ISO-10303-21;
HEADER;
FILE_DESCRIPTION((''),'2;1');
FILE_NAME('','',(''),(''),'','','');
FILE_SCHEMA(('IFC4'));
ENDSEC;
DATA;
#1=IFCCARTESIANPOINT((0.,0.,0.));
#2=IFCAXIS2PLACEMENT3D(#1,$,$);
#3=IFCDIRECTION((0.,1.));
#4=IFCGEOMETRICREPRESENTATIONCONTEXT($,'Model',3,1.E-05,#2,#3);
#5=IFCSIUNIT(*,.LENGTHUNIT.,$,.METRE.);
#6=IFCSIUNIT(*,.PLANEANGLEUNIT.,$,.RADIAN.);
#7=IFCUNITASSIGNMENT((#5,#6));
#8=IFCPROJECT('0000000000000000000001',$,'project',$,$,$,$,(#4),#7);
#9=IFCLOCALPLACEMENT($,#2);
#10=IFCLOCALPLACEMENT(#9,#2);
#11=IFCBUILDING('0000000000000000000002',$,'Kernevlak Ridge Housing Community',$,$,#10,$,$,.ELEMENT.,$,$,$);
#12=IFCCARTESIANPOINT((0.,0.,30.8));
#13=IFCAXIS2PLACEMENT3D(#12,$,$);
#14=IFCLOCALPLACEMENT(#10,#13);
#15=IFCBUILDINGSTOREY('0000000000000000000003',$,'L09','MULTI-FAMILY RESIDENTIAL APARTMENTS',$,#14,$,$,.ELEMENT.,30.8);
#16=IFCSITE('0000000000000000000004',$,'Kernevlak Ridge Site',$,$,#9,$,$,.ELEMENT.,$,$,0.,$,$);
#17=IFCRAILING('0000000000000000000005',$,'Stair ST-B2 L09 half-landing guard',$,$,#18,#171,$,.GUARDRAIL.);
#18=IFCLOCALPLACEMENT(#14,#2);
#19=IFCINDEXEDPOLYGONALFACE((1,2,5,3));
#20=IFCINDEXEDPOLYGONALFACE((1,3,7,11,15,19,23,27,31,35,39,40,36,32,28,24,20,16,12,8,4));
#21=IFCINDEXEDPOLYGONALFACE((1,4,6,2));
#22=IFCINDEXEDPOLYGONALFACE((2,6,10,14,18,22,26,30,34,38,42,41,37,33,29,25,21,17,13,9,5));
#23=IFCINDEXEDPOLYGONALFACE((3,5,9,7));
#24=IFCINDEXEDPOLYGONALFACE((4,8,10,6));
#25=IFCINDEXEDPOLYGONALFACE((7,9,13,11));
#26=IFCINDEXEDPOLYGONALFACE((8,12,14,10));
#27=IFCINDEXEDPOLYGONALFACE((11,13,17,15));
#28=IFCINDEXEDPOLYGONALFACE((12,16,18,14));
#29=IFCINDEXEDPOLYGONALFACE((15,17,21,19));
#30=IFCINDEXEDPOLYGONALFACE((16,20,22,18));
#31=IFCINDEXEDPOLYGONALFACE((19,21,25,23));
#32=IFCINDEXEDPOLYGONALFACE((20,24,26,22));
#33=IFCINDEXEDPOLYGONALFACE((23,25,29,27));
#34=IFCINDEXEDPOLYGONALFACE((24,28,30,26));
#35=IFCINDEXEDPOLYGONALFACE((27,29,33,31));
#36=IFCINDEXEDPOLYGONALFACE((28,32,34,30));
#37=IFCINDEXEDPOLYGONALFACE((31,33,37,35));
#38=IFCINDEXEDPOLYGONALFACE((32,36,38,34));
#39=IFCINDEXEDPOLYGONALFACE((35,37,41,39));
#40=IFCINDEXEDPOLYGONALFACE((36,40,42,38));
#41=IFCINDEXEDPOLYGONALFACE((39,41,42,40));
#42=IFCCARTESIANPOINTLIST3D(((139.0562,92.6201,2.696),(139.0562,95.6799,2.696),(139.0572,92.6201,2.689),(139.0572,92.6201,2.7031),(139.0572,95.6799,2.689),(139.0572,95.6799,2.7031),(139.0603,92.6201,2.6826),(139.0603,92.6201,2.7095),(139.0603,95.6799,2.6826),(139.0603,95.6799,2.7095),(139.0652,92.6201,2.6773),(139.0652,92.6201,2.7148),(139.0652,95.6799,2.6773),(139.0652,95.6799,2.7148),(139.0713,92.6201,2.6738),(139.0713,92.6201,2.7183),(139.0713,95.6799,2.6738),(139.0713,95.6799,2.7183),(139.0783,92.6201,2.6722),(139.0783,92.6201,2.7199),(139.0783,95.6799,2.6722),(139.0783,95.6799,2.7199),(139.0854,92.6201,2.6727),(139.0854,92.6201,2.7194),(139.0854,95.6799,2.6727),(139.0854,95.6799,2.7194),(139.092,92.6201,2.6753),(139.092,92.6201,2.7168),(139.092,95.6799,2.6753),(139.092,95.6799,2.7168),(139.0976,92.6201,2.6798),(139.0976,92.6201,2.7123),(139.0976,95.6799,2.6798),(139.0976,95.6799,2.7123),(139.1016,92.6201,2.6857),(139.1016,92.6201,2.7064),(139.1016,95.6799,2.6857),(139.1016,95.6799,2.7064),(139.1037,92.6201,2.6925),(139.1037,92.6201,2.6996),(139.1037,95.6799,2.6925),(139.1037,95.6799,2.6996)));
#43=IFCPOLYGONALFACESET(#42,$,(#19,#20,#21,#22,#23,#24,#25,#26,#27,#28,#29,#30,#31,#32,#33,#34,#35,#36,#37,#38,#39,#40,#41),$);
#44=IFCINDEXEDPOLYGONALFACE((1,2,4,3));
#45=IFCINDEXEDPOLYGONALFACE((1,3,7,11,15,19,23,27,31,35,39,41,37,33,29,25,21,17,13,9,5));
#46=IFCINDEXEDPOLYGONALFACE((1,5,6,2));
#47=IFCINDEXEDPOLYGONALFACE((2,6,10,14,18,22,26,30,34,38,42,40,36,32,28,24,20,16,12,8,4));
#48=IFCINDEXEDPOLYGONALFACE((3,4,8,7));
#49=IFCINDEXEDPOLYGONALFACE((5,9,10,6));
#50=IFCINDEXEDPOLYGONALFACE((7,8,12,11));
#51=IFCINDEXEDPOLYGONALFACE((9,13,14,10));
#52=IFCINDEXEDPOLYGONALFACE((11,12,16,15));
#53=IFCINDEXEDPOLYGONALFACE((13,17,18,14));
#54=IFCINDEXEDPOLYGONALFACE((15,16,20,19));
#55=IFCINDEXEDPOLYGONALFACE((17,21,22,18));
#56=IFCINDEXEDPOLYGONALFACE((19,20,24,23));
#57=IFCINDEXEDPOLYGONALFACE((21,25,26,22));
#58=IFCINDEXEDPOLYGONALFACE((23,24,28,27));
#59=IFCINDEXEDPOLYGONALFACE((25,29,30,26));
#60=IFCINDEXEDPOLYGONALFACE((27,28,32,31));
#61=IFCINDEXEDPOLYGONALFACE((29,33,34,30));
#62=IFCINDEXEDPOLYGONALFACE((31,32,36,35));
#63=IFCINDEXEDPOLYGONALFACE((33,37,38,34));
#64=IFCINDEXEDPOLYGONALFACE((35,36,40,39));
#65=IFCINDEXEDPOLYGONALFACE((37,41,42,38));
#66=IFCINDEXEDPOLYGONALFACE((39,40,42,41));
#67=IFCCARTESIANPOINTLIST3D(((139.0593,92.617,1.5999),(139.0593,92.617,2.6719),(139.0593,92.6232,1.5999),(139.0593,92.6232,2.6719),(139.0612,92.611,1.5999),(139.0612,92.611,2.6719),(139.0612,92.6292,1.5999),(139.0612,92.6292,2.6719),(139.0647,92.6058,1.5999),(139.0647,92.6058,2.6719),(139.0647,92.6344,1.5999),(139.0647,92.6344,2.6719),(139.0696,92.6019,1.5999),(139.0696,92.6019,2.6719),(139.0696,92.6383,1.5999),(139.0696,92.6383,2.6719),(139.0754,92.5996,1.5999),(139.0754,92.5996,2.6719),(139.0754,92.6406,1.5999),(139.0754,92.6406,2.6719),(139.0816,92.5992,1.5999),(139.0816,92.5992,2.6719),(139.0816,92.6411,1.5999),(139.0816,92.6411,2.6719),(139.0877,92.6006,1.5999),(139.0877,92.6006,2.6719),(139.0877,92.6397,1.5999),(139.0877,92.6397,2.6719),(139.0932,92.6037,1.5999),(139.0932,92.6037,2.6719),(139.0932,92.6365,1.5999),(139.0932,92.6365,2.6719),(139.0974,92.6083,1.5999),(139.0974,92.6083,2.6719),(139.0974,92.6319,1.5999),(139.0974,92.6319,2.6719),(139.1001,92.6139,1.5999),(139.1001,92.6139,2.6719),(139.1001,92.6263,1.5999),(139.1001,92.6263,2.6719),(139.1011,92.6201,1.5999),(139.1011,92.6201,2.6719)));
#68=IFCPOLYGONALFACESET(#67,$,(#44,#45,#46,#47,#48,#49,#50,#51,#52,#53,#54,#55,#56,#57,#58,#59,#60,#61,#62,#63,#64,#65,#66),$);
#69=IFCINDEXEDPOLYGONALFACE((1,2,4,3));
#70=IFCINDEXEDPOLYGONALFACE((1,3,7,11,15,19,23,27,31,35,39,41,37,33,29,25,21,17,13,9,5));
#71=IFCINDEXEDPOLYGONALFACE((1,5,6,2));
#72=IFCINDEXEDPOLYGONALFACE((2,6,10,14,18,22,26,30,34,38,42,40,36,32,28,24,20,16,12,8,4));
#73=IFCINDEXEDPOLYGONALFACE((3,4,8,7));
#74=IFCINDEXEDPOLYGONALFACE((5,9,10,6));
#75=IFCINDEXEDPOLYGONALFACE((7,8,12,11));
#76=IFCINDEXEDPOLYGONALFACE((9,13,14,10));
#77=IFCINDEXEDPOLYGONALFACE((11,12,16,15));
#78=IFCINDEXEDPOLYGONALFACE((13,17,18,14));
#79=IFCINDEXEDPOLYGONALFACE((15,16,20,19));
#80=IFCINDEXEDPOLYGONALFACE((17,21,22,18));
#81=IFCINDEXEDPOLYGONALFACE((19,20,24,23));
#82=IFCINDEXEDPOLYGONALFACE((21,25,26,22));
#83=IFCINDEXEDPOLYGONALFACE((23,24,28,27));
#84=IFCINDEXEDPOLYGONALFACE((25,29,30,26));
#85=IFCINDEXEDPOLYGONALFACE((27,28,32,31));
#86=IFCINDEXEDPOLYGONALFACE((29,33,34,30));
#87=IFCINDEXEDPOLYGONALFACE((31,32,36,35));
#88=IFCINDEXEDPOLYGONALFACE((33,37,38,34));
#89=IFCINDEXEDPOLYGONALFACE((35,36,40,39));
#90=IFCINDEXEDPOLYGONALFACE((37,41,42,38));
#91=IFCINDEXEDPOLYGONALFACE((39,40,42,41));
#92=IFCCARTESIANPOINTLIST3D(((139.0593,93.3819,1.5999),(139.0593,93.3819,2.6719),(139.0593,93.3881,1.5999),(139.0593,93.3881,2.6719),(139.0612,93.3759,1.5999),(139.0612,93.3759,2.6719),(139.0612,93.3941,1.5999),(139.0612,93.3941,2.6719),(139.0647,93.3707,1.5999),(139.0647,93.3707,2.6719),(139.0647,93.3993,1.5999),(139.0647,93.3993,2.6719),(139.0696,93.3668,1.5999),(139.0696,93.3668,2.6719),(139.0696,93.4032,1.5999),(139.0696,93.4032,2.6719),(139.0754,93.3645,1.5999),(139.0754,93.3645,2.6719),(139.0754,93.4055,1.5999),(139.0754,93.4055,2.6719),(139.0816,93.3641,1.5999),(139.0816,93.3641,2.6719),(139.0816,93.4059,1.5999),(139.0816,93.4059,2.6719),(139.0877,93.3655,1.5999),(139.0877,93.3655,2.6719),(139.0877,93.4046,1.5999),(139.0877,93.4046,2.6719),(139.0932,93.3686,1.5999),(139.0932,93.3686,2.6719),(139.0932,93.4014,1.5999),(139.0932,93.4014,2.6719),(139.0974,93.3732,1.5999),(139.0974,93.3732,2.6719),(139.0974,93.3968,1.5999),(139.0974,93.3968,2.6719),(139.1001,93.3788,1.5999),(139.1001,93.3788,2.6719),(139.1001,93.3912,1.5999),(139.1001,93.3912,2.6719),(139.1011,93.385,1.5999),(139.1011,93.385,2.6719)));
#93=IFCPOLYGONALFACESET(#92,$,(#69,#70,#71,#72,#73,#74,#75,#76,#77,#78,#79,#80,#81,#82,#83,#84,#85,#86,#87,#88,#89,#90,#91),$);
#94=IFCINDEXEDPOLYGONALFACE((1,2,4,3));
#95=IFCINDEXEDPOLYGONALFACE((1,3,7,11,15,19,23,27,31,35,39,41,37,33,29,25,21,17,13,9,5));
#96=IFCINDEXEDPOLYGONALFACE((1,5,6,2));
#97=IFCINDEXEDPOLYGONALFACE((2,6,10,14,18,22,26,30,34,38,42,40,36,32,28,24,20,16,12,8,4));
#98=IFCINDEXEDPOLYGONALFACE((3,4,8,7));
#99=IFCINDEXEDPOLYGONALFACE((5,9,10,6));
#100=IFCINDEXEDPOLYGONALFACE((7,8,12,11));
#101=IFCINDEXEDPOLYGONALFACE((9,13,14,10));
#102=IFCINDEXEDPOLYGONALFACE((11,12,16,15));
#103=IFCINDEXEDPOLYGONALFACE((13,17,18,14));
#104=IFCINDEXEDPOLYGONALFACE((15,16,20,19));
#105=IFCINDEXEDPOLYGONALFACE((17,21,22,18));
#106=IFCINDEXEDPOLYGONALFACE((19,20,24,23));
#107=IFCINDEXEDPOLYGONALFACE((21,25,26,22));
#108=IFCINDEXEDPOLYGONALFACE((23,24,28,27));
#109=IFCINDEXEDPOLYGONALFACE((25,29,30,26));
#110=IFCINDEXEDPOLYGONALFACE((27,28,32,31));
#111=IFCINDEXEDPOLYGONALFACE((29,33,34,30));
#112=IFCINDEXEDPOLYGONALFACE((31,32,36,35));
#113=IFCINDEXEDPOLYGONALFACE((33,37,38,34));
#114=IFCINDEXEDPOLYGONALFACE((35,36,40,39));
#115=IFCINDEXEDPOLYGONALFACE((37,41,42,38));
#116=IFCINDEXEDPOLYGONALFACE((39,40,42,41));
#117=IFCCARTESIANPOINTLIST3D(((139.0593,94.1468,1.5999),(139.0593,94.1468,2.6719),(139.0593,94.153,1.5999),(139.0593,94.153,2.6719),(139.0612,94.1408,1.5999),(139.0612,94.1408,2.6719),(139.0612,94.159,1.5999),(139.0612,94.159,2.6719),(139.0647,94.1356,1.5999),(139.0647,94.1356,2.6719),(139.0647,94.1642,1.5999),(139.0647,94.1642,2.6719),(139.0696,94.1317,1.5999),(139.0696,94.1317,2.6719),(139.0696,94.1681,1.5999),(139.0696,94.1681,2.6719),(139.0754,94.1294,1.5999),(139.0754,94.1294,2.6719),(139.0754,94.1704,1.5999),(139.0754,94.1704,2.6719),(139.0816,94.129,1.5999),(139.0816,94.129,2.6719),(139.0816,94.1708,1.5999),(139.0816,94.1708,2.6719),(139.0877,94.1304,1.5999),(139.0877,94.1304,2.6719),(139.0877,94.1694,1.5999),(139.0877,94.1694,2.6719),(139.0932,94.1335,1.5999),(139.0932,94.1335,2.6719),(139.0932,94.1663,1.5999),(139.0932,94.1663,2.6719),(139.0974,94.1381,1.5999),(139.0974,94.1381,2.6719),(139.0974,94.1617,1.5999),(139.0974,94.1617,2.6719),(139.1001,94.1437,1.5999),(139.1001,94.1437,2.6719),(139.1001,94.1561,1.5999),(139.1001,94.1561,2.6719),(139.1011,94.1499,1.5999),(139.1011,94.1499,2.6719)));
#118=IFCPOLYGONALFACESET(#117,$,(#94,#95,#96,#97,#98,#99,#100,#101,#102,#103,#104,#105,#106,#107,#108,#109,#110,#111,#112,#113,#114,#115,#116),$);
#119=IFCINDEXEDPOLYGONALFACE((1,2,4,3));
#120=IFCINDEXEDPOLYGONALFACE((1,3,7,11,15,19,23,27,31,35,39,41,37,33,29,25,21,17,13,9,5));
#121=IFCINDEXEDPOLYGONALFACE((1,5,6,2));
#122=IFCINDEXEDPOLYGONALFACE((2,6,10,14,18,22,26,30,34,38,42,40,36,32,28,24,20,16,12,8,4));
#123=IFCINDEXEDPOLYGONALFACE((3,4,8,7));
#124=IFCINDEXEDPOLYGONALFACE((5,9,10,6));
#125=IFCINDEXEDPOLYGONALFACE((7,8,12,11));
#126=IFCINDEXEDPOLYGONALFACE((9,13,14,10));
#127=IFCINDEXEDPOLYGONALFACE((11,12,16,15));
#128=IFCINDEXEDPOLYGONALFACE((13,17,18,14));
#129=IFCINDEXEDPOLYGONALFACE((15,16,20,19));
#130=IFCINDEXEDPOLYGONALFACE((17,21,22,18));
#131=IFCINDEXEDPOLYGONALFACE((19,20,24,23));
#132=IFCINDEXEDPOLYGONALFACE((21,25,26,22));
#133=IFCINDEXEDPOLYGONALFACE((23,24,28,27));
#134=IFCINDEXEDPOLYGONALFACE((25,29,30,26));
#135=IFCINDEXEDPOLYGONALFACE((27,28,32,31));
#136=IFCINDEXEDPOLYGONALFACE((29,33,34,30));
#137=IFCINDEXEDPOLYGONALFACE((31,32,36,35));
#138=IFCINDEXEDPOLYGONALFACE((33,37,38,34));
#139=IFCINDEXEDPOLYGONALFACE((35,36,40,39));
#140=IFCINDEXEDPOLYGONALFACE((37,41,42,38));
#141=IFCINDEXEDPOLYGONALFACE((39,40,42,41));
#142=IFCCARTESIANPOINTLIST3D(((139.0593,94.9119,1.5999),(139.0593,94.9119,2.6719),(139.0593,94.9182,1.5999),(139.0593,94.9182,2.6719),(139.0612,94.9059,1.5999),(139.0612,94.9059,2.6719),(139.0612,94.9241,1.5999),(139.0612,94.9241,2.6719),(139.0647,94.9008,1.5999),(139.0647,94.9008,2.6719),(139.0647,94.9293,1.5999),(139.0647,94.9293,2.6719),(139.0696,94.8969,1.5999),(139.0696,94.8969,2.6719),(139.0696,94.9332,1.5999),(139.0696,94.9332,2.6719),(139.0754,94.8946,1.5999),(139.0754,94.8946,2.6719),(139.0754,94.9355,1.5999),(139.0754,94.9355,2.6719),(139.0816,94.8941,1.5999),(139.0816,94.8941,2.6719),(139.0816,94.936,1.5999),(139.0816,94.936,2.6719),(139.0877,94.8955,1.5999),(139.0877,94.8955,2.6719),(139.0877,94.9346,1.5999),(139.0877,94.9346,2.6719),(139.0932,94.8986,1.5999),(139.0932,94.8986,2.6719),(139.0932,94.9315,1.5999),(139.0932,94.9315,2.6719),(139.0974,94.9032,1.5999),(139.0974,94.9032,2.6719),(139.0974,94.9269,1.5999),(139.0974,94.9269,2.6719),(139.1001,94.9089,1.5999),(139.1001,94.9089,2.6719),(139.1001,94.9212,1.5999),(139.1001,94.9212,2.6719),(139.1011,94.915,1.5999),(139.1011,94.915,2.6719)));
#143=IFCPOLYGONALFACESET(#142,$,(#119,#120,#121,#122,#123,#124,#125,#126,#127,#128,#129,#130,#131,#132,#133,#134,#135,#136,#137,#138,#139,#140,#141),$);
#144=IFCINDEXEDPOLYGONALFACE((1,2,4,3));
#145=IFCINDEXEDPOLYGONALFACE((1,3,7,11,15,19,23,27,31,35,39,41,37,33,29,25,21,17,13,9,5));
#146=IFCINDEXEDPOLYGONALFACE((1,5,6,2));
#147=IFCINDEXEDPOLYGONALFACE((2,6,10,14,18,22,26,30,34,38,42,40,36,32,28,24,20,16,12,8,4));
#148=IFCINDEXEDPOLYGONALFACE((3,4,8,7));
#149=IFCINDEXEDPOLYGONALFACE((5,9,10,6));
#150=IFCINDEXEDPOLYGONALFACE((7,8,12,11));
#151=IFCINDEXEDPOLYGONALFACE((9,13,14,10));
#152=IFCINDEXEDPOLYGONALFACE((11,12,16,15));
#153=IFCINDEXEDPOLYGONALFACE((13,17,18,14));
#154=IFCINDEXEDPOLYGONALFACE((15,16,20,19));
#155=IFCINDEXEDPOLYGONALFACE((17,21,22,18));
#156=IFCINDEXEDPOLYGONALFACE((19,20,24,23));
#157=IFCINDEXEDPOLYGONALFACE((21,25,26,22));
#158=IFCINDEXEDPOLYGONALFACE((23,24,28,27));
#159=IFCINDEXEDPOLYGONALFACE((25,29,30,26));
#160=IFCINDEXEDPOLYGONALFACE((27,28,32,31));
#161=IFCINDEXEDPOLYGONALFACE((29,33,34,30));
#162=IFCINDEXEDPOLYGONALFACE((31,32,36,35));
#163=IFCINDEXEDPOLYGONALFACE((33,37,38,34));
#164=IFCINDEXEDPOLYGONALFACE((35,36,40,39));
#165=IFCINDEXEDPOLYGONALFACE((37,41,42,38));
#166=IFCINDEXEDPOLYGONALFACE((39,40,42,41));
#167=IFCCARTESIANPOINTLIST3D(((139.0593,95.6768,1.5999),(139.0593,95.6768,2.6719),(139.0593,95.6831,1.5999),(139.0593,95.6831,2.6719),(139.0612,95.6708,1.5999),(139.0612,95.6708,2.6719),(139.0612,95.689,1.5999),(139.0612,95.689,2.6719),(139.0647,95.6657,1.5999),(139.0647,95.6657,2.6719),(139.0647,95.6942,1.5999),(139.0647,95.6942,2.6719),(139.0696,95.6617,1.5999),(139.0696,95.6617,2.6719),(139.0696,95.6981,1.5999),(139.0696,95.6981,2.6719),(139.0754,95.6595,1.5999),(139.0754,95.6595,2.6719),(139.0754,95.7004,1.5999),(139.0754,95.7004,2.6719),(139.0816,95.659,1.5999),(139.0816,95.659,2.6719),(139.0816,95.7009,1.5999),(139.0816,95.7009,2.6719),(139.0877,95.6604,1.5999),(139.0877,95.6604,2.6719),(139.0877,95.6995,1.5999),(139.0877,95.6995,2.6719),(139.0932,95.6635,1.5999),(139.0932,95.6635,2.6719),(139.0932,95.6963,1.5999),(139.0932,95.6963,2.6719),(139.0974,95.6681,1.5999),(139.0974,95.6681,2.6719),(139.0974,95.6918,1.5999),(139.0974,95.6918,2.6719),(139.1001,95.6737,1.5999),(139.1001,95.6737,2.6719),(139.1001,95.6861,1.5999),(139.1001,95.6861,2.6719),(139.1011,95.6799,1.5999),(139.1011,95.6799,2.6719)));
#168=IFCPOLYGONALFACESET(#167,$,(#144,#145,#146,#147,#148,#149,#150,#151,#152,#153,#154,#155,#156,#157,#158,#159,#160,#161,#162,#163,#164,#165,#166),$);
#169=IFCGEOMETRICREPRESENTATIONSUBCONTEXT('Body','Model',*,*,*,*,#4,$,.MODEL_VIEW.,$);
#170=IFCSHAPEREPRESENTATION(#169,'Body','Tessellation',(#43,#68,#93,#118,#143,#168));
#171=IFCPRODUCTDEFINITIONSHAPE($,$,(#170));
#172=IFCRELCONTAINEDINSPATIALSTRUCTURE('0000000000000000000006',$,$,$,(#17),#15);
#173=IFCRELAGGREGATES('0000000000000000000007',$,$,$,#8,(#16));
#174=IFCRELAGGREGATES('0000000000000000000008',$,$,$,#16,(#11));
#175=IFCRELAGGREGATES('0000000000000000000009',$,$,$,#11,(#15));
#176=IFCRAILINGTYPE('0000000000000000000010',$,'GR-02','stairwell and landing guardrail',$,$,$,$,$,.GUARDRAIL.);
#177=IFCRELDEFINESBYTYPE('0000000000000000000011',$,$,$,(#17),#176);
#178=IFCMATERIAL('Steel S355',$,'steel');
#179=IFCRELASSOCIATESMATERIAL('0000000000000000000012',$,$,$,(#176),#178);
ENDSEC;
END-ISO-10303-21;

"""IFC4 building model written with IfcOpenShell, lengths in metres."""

from ifc_helpers import new_model, si_unit, direction, frame, origin, origin_2d, place, context, subcontext, project, spatial, circle, extrude, material, type_object, element, save


model = new_model("IFC4")

# Units and contexts
model_context = context("Model", 3, precision=1e-05, world=origin(), true_north=direction((0.0, 1.0)))
body_context = subcontext(model_context, "Body", "Model", "MODEL_VIEW")
ifc_project = project(units=[si_unit("LENGTHUNIT", "METRE"), si_unit("PLANEANGLEUNIT", "RADIAN")], contexts=[model_context])

# Site, building, storey
site_placement = place(None, origin())
site = spatial("IfcSite", under=ifc_project, at=site_placement, Name="Kernevlak Ridge Site", CompositionType="ELEMENT", RefElevation=0.0)
building_placement = place(site_placement, origin())
building = spatial("IfcBuilding", under=site, at=building_placement, Name="Kernevlak Ridge Housing Community", CompositionType="ELEMENT")
storey_placement = place(building_placement, frame((0.0, 0.0, 30.8)))
storey = spatial("IfcBuildingStorey", under=building, at=storey_placement, Name="L09", Description="MULTI-FAMILY RESIDENTIAL APARTMENTS", CompositionType="ELEMENT", Elevation=30.8)

# Railing
ifc_material_1 = material(Name="Steel S355", Category="steel")
railing_type_1 = type_object("IfcRailingType", Name="GR-02", Description="stairwell and landing guardrail", PredefinedType="GUARDRAIL", material=ifc_material_1)
railing_1_placement = place(storey_placement, frame((139.0801, 92.6201, 1.5999)))
element("IfcRailing", 1, at=railing_1_placement, inside=storey, type_object=railing_type_1, Name="Stair ST-B2 L09 half-landing guard", PredefinedType="GUARDRAIL", context=body_context, shape_type="SweptSolid", body=[
    extrude(circle(Radius=0.0239, at=origin_2d()), frame((0.0, 0.0, 1.0962), z_axis=(0.0, 1.0, 0.0), x_axis=(-1.0, 0.0, 0.0)), (0.0, 0.0, 1.0), 3.0598),
    extrude(circle(Radius=0.021, at=origin_2d()), origin(), (0.0, 0.0, 1.0), 1.072),
    extrude(circle(Radius=0.021, at=origin_2d()), frame((0.0, 0.7649, 0.0)), (0.0, 0.0, 1.0), 1.072),
    extrude(circle(Radius=0.021, at=origin_2d()), frame((0.0, 1.5298, 0.0)), (0.0, 0.0, 1.0), 1.072),
    extrude(circle(Radius=0.021, at=origin_2d()), frame((0.0, 2.2949, 0.0)), (0.0, 0.0, 1.0), 1.072),
    extrude(circle(Radius=0.021, at=origin_2d()), frame((0.0, 3.0598, 0.0)), (0.0, 0.0, 1.0), 1.072),
])

save(model, "model.ifc")
